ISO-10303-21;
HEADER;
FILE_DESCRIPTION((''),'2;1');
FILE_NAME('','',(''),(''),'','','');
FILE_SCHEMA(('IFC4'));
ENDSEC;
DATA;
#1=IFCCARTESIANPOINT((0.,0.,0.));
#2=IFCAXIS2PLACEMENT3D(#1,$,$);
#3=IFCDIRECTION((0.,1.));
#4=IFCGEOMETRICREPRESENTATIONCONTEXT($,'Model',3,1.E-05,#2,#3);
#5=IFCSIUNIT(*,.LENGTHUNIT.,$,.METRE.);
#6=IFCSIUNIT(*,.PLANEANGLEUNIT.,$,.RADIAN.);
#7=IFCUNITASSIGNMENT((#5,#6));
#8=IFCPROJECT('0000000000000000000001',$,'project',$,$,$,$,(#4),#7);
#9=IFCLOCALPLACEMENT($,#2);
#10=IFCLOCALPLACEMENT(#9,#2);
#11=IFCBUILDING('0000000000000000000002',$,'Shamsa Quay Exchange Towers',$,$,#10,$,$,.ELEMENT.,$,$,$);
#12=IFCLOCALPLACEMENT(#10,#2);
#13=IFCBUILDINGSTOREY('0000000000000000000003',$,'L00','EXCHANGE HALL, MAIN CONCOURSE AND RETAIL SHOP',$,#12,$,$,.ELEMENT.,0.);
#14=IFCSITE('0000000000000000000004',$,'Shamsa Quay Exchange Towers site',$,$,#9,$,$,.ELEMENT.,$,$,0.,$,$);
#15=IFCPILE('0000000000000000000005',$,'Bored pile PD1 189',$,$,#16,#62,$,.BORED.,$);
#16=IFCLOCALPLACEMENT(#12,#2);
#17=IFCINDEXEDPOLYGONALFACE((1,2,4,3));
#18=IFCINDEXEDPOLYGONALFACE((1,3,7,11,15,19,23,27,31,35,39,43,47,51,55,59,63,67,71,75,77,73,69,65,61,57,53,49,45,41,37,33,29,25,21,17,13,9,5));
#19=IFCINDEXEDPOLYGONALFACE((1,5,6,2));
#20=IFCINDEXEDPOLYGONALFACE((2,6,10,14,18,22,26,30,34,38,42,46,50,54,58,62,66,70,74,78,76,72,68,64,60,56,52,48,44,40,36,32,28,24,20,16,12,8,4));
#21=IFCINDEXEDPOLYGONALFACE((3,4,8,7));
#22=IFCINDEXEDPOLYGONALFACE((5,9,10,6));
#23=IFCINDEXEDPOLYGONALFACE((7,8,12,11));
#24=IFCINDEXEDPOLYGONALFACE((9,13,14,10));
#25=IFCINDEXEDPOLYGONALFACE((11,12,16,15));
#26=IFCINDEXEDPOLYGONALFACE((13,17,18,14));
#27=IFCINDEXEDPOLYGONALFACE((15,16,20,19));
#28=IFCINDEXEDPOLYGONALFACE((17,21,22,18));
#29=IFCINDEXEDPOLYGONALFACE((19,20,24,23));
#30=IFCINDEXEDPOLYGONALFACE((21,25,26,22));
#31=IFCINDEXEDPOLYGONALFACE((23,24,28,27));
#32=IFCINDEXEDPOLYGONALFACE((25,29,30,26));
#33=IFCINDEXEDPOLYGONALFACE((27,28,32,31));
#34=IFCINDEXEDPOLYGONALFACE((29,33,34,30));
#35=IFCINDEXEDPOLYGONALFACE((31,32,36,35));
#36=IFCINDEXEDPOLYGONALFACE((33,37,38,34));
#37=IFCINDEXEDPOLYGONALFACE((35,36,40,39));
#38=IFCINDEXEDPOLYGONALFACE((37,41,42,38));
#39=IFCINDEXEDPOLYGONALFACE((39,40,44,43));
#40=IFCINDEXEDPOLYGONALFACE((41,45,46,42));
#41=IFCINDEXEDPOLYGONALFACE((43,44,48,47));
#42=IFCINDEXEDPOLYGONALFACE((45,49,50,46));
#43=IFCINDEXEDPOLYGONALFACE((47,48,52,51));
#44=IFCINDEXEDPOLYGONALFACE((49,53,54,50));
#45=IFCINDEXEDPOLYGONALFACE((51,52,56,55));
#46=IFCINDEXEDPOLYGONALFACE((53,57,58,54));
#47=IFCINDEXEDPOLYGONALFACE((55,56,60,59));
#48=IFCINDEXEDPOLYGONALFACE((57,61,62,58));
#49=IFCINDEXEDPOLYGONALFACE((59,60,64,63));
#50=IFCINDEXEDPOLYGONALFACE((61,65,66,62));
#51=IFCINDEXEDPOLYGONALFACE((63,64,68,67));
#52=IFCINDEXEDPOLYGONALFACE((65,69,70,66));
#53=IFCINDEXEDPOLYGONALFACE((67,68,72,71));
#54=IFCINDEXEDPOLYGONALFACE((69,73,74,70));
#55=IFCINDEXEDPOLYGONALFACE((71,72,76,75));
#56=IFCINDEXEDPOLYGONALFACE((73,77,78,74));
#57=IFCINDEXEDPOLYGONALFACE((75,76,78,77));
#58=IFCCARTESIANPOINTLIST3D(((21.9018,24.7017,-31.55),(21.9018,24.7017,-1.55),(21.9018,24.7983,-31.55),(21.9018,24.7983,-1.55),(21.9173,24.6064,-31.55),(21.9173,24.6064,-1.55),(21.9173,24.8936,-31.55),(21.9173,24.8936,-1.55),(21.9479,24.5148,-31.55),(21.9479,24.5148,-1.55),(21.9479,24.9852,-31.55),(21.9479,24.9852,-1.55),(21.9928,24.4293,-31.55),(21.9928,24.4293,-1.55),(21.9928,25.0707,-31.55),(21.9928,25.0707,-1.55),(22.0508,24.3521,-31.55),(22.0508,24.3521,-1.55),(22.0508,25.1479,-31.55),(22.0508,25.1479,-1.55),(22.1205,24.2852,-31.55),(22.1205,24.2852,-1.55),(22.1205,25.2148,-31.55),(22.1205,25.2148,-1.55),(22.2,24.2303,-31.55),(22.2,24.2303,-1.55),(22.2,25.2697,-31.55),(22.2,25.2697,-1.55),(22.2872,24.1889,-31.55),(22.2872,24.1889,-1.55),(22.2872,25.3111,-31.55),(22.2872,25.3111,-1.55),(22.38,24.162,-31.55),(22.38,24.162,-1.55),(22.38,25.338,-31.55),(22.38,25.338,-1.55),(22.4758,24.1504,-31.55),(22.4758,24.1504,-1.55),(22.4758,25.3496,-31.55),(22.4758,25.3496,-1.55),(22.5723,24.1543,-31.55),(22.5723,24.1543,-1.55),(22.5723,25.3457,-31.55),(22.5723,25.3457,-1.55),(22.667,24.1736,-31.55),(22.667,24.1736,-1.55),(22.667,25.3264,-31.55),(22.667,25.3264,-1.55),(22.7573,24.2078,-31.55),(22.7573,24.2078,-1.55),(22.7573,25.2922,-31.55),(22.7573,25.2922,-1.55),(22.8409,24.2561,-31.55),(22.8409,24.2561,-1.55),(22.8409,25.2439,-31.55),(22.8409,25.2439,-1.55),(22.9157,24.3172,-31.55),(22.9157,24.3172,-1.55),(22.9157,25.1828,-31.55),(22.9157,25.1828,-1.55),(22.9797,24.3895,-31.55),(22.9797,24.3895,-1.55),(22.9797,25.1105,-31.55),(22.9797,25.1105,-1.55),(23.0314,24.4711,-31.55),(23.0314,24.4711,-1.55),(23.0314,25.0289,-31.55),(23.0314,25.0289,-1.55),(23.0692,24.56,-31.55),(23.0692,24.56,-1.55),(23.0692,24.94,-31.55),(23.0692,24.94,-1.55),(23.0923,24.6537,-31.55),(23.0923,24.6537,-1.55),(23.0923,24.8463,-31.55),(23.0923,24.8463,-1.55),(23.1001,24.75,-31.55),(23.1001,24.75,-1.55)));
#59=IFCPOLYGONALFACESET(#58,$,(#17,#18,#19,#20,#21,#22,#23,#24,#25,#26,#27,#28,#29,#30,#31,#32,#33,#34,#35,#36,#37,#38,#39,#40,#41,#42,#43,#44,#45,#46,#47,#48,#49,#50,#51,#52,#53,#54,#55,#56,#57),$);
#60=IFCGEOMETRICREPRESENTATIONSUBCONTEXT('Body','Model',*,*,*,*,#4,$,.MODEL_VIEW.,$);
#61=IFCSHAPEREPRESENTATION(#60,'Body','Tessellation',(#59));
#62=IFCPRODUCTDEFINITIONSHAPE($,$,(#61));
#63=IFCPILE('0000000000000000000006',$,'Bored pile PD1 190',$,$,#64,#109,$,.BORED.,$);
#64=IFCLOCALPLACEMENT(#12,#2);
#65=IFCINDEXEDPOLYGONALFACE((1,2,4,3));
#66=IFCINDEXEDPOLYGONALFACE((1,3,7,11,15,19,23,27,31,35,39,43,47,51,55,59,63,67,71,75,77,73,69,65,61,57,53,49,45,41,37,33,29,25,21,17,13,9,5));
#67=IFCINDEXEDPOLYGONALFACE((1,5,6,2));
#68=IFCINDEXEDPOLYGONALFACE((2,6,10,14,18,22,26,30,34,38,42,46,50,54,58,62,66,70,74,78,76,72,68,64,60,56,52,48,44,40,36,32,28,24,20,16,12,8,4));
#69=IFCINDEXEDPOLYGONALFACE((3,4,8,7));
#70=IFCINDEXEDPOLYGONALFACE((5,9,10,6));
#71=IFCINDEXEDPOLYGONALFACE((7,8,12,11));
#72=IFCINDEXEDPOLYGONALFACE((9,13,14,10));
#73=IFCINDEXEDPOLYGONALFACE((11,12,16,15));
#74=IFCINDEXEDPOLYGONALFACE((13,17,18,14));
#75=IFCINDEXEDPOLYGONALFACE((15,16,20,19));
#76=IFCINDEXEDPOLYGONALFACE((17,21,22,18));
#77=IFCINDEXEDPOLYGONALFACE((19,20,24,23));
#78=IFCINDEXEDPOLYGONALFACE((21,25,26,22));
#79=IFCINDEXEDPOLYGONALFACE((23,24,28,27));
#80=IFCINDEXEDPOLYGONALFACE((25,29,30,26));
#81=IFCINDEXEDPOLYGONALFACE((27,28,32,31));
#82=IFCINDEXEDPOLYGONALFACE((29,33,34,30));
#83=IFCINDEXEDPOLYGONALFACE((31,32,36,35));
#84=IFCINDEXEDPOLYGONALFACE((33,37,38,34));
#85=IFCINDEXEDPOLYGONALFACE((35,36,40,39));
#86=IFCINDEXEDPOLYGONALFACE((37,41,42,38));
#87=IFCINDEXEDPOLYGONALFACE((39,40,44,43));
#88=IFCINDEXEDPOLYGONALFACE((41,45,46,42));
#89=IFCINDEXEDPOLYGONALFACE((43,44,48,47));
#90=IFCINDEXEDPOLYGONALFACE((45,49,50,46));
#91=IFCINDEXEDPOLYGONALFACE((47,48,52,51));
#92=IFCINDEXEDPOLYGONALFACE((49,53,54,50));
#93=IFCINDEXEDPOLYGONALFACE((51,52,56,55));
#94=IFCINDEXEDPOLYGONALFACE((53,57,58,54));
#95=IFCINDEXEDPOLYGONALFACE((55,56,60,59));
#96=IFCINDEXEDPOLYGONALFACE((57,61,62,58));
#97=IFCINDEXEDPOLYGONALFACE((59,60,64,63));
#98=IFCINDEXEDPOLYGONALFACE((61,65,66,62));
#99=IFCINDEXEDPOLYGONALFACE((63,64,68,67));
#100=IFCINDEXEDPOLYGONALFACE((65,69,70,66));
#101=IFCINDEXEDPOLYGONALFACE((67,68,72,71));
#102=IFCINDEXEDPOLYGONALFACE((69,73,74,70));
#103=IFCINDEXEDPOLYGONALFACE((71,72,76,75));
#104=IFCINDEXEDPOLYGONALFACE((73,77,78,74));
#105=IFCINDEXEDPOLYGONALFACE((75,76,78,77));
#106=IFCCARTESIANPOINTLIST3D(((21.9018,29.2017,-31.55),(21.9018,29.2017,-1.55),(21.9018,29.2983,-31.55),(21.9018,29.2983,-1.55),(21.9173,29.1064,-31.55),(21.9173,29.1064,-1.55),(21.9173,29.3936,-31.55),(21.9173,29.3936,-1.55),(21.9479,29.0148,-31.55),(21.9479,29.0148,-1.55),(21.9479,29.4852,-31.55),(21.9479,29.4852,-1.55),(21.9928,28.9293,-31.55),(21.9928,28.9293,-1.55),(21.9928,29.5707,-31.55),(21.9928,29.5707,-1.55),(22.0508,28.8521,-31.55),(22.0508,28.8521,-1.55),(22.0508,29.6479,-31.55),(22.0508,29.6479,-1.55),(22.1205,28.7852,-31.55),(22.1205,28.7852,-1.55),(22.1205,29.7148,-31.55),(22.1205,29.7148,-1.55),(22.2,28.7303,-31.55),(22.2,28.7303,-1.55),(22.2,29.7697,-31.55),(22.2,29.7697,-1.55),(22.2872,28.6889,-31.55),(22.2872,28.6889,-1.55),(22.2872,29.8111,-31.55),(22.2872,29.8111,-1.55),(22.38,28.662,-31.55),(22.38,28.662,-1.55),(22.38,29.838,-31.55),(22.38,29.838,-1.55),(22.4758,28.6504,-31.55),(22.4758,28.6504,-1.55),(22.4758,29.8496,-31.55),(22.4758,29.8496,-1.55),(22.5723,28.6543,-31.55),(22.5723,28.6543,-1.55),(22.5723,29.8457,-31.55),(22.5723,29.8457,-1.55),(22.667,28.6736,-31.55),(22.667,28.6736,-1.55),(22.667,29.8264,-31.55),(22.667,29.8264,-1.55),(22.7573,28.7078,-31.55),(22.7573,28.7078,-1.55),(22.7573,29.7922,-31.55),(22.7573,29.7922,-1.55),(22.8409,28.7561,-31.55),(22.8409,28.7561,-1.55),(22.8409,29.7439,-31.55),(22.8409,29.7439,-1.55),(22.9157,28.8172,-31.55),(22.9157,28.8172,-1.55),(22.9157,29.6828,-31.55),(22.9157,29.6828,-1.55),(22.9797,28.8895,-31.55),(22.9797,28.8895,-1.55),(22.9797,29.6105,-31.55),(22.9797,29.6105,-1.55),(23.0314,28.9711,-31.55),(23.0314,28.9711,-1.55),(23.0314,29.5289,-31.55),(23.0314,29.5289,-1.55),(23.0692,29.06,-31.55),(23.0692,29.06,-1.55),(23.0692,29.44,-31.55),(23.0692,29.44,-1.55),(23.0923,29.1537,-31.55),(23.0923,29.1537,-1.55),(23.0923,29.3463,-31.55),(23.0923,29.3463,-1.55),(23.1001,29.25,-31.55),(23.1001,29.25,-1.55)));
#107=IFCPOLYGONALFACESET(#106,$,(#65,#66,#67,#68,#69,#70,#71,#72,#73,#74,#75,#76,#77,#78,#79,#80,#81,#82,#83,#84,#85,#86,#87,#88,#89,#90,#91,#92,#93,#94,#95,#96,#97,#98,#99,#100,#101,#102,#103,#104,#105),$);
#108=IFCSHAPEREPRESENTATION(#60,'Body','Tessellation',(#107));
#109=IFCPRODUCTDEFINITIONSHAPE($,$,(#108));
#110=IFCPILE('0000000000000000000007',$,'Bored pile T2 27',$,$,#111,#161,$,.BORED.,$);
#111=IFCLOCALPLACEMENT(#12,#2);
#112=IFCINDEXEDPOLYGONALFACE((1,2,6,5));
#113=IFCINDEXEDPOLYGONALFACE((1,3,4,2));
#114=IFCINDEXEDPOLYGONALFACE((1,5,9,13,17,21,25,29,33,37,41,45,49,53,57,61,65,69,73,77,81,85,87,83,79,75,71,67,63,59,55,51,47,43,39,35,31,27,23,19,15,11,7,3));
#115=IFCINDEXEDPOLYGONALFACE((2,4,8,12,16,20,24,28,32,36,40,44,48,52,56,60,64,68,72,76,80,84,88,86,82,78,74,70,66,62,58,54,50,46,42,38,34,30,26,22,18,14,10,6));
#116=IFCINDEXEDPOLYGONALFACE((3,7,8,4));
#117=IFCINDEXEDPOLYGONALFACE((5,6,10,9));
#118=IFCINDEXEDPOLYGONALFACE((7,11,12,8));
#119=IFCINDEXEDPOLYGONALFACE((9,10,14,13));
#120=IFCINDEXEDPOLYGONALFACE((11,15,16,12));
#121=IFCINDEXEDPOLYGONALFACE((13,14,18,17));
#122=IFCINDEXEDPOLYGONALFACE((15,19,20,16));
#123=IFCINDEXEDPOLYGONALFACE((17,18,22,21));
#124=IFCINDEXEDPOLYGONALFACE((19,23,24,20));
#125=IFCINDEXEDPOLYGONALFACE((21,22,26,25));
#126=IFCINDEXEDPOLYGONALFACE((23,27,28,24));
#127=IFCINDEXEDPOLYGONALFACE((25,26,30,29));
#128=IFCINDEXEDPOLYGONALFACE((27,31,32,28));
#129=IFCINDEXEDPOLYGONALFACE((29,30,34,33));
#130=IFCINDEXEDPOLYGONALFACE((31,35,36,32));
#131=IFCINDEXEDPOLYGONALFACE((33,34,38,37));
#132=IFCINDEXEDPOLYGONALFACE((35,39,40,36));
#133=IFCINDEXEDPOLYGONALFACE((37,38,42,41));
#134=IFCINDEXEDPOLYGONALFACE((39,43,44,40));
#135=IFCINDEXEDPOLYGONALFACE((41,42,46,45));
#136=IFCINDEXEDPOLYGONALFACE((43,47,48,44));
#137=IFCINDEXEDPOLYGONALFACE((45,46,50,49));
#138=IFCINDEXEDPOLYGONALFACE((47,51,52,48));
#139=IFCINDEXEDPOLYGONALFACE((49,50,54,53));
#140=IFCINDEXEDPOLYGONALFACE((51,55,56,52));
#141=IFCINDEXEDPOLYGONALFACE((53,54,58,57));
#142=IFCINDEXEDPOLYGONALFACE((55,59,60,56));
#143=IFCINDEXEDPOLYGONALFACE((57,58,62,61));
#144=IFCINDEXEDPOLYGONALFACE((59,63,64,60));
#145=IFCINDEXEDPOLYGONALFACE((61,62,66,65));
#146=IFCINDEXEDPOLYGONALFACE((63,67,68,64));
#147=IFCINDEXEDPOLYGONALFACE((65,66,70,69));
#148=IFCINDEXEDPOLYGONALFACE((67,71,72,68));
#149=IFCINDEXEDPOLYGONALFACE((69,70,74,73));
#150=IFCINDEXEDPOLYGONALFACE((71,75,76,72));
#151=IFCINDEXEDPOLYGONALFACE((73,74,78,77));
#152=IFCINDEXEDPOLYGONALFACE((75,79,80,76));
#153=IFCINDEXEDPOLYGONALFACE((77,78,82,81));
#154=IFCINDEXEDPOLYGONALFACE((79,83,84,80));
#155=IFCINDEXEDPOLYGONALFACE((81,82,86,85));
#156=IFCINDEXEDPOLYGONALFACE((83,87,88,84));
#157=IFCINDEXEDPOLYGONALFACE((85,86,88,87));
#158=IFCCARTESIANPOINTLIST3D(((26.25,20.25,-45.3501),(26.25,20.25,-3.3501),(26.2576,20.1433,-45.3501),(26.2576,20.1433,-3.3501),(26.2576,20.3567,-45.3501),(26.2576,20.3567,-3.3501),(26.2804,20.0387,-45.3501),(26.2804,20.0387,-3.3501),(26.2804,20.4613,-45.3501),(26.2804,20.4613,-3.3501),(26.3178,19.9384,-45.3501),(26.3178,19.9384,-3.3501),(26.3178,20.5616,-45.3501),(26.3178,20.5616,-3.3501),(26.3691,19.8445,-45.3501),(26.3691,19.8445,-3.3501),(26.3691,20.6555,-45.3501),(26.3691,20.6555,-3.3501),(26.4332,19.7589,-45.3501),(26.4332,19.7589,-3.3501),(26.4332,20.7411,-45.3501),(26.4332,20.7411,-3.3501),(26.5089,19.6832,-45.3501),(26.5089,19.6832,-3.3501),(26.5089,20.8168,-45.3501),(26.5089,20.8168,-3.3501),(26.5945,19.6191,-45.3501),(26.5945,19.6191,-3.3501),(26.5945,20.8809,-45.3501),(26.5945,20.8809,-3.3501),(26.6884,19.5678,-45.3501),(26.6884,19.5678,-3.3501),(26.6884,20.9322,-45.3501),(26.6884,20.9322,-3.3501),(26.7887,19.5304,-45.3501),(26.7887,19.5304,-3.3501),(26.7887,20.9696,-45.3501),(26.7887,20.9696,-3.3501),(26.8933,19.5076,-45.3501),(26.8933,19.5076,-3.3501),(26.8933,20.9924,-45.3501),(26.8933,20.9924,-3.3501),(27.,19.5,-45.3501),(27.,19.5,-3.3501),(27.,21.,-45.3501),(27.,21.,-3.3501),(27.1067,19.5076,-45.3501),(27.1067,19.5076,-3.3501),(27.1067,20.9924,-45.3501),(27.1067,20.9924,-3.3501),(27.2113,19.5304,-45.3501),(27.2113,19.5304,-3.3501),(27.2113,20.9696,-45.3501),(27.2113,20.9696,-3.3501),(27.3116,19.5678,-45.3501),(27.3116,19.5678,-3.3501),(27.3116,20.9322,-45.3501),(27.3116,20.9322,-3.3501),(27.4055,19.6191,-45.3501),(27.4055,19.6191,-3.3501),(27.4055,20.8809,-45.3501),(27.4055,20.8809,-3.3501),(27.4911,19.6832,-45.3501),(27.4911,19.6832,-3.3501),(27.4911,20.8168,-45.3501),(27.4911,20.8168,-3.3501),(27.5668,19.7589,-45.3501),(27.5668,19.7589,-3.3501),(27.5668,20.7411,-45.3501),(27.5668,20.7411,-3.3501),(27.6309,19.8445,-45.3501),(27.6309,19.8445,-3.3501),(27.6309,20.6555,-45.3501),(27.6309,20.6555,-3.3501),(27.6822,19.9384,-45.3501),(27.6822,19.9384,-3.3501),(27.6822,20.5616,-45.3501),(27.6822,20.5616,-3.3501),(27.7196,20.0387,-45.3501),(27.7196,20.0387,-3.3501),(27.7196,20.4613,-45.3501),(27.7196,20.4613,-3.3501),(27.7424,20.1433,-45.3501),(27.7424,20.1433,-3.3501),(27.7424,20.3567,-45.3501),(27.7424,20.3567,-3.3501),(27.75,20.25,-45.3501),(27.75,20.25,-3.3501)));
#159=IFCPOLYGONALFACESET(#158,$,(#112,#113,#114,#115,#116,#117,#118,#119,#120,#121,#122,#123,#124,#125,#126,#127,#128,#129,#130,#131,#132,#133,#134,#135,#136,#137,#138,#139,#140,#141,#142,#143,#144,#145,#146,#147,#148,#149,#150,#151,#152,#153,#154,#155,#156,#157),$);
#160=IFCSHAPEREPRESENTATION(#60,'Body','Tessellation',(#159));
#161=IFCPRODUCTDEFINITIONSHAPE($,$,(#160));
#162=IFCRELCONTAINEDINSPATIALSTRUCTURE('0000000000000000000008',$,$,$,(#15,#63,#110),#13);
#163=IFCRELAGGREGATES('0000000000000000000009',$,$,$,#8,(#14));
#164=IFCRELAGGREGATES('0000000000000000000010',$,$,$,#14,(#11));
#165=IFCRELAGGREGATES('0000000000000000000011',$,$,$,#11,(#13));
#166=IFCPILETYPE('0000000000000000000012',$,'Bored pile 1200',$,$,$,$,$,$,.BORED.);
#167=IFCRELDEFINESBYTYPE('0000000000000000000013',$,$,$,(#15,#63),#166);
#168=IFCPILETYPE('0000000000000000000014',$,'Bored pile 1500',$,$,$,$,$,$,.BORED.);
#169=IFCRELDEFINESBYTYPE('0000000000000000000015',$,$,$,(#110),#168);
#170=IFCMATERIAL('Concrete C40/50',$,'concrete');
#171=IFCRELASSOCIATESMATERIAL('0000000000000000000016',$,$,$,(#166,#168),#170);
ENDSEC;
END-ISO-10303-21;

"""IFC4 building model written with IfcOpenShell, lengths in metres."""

from ifc_helpers import new_model, si_unit, direction, frame, origin, origin_2d, place, context, subcontext, project, spatial, circle, extrude, material, material_profile, profile_set, type_object, element, save


model = new_model("IFC4")

# Units and contexts
model_context = context("Model", 3, precision=1e-05, world=origin(), true_north=direction((0.0, 1.0)))
body_context = subcontext(model_context, "Body", "Model", "MODEL_VIEW")
ifc_project = project(units=[si_unit("LENGTHUNIT", "METRE"), si_unit("PLANEANGLEUNIT", "RADIAN")], contexts=[model_context])

# Site, building, storey
site_placement = place(None, origin())
site = spatial("IfcSite", under=ifc_project, at=site_placement, Name="Shamsa Quay Exchange Towers site", CompositionType="ELEMENT", RefElevation=0.0)
building_placement = place(site_placement, origin())
building = spatial("IfcBuilding", under=site, at=building_placement, Name="Shamsa Quay Exchange Towers", CompositionType="ELEMENT")
storey_placement = place(building_placement, origin())
storey = spatial("IfcBuildingStorey", under=building, at=storey_placement, Name="L00", Description="EXCHANGE HALL, MAIN CONCOURSE AND RETAIL SHOP", CompositionType="ELEMENT", Elevation=0.0)

# Piles
ifc_material_1 = material(Name="Concrete C40/50", Category="concrete")
ifc_material_profile_1 = material_profile(ifc_material_1, circle(Radius=0.6001, at=origin_2d()), Name="BP1200")
ifc_profile_set_1 = profile_set([ifc_material_profile_1], Name="Concrete C40/50")
pile_type_1 = type_object("IfcPileType", Name="Bored pile 1200", PredefinedType="BORED", material=ifc_profile_set_1)
for number, where, z_axis, x_axis, name in (
    (1, (22.5, 24.75, -1.55), (0.0, 0.0, -1.0), (1.0, 0.0, 0.0), "Bored pile PD1 189"),
    (2, (22.5, 29.25, -1.55), (0.0, 0.0, -1.0), (1.0, 0.0, 0.0), "Bored pile PD1 190"),
):
    element("IfcPile", number, at=place(storey_placement, frame(where, z_axis=z_axis, x_axis=x_axis)), inside=storey, type_object=pile_type_1, Name=name, PredefinedType="BORED", context=body_context, shape_type="SweptSolid", body=[
        extrude(circle(Radius=0.6001, at=origin_2d()), origin(), (0.0, 0.0, 1.0), 30.0),
    ])
ifc_material_profile_2 = material_profile(ifc_material_1, circle(Radius=0.75, at=origin_2d()), Name="BP1500")
ifc_profile_set_2 = profile_set([ifc_material_profile_2], Name="Concrete C40/50")
pile_type_2 = type_object("IfcPileType", Name="Bored pile 1500", PredefinedType="BORED", material=ifc_profile_set_2)
for number, where, z_axis, x_axis, name in (
    (3, (27.0, 20.25, -3.3501), (0.0, 0.0, -1.0), (1.0, 0.0, 0.0), "Bored pile T2 27"),
):
    element("IfcPile", number, at=place(storey_placement, frame(where, z_axis=z_axis, x_axis=x_axis)), inside=storey, type_object=pile_type_2, Name=name, PredefinedType="BORED", context=body_context, shape_type="SweptSolid", body=[
        extrude(circle(Radius=0.75, at=origin_2d()), origin(), (0.0, 0.0, 1.0), 42.0),
    ])

save(model, "model.ifc")
